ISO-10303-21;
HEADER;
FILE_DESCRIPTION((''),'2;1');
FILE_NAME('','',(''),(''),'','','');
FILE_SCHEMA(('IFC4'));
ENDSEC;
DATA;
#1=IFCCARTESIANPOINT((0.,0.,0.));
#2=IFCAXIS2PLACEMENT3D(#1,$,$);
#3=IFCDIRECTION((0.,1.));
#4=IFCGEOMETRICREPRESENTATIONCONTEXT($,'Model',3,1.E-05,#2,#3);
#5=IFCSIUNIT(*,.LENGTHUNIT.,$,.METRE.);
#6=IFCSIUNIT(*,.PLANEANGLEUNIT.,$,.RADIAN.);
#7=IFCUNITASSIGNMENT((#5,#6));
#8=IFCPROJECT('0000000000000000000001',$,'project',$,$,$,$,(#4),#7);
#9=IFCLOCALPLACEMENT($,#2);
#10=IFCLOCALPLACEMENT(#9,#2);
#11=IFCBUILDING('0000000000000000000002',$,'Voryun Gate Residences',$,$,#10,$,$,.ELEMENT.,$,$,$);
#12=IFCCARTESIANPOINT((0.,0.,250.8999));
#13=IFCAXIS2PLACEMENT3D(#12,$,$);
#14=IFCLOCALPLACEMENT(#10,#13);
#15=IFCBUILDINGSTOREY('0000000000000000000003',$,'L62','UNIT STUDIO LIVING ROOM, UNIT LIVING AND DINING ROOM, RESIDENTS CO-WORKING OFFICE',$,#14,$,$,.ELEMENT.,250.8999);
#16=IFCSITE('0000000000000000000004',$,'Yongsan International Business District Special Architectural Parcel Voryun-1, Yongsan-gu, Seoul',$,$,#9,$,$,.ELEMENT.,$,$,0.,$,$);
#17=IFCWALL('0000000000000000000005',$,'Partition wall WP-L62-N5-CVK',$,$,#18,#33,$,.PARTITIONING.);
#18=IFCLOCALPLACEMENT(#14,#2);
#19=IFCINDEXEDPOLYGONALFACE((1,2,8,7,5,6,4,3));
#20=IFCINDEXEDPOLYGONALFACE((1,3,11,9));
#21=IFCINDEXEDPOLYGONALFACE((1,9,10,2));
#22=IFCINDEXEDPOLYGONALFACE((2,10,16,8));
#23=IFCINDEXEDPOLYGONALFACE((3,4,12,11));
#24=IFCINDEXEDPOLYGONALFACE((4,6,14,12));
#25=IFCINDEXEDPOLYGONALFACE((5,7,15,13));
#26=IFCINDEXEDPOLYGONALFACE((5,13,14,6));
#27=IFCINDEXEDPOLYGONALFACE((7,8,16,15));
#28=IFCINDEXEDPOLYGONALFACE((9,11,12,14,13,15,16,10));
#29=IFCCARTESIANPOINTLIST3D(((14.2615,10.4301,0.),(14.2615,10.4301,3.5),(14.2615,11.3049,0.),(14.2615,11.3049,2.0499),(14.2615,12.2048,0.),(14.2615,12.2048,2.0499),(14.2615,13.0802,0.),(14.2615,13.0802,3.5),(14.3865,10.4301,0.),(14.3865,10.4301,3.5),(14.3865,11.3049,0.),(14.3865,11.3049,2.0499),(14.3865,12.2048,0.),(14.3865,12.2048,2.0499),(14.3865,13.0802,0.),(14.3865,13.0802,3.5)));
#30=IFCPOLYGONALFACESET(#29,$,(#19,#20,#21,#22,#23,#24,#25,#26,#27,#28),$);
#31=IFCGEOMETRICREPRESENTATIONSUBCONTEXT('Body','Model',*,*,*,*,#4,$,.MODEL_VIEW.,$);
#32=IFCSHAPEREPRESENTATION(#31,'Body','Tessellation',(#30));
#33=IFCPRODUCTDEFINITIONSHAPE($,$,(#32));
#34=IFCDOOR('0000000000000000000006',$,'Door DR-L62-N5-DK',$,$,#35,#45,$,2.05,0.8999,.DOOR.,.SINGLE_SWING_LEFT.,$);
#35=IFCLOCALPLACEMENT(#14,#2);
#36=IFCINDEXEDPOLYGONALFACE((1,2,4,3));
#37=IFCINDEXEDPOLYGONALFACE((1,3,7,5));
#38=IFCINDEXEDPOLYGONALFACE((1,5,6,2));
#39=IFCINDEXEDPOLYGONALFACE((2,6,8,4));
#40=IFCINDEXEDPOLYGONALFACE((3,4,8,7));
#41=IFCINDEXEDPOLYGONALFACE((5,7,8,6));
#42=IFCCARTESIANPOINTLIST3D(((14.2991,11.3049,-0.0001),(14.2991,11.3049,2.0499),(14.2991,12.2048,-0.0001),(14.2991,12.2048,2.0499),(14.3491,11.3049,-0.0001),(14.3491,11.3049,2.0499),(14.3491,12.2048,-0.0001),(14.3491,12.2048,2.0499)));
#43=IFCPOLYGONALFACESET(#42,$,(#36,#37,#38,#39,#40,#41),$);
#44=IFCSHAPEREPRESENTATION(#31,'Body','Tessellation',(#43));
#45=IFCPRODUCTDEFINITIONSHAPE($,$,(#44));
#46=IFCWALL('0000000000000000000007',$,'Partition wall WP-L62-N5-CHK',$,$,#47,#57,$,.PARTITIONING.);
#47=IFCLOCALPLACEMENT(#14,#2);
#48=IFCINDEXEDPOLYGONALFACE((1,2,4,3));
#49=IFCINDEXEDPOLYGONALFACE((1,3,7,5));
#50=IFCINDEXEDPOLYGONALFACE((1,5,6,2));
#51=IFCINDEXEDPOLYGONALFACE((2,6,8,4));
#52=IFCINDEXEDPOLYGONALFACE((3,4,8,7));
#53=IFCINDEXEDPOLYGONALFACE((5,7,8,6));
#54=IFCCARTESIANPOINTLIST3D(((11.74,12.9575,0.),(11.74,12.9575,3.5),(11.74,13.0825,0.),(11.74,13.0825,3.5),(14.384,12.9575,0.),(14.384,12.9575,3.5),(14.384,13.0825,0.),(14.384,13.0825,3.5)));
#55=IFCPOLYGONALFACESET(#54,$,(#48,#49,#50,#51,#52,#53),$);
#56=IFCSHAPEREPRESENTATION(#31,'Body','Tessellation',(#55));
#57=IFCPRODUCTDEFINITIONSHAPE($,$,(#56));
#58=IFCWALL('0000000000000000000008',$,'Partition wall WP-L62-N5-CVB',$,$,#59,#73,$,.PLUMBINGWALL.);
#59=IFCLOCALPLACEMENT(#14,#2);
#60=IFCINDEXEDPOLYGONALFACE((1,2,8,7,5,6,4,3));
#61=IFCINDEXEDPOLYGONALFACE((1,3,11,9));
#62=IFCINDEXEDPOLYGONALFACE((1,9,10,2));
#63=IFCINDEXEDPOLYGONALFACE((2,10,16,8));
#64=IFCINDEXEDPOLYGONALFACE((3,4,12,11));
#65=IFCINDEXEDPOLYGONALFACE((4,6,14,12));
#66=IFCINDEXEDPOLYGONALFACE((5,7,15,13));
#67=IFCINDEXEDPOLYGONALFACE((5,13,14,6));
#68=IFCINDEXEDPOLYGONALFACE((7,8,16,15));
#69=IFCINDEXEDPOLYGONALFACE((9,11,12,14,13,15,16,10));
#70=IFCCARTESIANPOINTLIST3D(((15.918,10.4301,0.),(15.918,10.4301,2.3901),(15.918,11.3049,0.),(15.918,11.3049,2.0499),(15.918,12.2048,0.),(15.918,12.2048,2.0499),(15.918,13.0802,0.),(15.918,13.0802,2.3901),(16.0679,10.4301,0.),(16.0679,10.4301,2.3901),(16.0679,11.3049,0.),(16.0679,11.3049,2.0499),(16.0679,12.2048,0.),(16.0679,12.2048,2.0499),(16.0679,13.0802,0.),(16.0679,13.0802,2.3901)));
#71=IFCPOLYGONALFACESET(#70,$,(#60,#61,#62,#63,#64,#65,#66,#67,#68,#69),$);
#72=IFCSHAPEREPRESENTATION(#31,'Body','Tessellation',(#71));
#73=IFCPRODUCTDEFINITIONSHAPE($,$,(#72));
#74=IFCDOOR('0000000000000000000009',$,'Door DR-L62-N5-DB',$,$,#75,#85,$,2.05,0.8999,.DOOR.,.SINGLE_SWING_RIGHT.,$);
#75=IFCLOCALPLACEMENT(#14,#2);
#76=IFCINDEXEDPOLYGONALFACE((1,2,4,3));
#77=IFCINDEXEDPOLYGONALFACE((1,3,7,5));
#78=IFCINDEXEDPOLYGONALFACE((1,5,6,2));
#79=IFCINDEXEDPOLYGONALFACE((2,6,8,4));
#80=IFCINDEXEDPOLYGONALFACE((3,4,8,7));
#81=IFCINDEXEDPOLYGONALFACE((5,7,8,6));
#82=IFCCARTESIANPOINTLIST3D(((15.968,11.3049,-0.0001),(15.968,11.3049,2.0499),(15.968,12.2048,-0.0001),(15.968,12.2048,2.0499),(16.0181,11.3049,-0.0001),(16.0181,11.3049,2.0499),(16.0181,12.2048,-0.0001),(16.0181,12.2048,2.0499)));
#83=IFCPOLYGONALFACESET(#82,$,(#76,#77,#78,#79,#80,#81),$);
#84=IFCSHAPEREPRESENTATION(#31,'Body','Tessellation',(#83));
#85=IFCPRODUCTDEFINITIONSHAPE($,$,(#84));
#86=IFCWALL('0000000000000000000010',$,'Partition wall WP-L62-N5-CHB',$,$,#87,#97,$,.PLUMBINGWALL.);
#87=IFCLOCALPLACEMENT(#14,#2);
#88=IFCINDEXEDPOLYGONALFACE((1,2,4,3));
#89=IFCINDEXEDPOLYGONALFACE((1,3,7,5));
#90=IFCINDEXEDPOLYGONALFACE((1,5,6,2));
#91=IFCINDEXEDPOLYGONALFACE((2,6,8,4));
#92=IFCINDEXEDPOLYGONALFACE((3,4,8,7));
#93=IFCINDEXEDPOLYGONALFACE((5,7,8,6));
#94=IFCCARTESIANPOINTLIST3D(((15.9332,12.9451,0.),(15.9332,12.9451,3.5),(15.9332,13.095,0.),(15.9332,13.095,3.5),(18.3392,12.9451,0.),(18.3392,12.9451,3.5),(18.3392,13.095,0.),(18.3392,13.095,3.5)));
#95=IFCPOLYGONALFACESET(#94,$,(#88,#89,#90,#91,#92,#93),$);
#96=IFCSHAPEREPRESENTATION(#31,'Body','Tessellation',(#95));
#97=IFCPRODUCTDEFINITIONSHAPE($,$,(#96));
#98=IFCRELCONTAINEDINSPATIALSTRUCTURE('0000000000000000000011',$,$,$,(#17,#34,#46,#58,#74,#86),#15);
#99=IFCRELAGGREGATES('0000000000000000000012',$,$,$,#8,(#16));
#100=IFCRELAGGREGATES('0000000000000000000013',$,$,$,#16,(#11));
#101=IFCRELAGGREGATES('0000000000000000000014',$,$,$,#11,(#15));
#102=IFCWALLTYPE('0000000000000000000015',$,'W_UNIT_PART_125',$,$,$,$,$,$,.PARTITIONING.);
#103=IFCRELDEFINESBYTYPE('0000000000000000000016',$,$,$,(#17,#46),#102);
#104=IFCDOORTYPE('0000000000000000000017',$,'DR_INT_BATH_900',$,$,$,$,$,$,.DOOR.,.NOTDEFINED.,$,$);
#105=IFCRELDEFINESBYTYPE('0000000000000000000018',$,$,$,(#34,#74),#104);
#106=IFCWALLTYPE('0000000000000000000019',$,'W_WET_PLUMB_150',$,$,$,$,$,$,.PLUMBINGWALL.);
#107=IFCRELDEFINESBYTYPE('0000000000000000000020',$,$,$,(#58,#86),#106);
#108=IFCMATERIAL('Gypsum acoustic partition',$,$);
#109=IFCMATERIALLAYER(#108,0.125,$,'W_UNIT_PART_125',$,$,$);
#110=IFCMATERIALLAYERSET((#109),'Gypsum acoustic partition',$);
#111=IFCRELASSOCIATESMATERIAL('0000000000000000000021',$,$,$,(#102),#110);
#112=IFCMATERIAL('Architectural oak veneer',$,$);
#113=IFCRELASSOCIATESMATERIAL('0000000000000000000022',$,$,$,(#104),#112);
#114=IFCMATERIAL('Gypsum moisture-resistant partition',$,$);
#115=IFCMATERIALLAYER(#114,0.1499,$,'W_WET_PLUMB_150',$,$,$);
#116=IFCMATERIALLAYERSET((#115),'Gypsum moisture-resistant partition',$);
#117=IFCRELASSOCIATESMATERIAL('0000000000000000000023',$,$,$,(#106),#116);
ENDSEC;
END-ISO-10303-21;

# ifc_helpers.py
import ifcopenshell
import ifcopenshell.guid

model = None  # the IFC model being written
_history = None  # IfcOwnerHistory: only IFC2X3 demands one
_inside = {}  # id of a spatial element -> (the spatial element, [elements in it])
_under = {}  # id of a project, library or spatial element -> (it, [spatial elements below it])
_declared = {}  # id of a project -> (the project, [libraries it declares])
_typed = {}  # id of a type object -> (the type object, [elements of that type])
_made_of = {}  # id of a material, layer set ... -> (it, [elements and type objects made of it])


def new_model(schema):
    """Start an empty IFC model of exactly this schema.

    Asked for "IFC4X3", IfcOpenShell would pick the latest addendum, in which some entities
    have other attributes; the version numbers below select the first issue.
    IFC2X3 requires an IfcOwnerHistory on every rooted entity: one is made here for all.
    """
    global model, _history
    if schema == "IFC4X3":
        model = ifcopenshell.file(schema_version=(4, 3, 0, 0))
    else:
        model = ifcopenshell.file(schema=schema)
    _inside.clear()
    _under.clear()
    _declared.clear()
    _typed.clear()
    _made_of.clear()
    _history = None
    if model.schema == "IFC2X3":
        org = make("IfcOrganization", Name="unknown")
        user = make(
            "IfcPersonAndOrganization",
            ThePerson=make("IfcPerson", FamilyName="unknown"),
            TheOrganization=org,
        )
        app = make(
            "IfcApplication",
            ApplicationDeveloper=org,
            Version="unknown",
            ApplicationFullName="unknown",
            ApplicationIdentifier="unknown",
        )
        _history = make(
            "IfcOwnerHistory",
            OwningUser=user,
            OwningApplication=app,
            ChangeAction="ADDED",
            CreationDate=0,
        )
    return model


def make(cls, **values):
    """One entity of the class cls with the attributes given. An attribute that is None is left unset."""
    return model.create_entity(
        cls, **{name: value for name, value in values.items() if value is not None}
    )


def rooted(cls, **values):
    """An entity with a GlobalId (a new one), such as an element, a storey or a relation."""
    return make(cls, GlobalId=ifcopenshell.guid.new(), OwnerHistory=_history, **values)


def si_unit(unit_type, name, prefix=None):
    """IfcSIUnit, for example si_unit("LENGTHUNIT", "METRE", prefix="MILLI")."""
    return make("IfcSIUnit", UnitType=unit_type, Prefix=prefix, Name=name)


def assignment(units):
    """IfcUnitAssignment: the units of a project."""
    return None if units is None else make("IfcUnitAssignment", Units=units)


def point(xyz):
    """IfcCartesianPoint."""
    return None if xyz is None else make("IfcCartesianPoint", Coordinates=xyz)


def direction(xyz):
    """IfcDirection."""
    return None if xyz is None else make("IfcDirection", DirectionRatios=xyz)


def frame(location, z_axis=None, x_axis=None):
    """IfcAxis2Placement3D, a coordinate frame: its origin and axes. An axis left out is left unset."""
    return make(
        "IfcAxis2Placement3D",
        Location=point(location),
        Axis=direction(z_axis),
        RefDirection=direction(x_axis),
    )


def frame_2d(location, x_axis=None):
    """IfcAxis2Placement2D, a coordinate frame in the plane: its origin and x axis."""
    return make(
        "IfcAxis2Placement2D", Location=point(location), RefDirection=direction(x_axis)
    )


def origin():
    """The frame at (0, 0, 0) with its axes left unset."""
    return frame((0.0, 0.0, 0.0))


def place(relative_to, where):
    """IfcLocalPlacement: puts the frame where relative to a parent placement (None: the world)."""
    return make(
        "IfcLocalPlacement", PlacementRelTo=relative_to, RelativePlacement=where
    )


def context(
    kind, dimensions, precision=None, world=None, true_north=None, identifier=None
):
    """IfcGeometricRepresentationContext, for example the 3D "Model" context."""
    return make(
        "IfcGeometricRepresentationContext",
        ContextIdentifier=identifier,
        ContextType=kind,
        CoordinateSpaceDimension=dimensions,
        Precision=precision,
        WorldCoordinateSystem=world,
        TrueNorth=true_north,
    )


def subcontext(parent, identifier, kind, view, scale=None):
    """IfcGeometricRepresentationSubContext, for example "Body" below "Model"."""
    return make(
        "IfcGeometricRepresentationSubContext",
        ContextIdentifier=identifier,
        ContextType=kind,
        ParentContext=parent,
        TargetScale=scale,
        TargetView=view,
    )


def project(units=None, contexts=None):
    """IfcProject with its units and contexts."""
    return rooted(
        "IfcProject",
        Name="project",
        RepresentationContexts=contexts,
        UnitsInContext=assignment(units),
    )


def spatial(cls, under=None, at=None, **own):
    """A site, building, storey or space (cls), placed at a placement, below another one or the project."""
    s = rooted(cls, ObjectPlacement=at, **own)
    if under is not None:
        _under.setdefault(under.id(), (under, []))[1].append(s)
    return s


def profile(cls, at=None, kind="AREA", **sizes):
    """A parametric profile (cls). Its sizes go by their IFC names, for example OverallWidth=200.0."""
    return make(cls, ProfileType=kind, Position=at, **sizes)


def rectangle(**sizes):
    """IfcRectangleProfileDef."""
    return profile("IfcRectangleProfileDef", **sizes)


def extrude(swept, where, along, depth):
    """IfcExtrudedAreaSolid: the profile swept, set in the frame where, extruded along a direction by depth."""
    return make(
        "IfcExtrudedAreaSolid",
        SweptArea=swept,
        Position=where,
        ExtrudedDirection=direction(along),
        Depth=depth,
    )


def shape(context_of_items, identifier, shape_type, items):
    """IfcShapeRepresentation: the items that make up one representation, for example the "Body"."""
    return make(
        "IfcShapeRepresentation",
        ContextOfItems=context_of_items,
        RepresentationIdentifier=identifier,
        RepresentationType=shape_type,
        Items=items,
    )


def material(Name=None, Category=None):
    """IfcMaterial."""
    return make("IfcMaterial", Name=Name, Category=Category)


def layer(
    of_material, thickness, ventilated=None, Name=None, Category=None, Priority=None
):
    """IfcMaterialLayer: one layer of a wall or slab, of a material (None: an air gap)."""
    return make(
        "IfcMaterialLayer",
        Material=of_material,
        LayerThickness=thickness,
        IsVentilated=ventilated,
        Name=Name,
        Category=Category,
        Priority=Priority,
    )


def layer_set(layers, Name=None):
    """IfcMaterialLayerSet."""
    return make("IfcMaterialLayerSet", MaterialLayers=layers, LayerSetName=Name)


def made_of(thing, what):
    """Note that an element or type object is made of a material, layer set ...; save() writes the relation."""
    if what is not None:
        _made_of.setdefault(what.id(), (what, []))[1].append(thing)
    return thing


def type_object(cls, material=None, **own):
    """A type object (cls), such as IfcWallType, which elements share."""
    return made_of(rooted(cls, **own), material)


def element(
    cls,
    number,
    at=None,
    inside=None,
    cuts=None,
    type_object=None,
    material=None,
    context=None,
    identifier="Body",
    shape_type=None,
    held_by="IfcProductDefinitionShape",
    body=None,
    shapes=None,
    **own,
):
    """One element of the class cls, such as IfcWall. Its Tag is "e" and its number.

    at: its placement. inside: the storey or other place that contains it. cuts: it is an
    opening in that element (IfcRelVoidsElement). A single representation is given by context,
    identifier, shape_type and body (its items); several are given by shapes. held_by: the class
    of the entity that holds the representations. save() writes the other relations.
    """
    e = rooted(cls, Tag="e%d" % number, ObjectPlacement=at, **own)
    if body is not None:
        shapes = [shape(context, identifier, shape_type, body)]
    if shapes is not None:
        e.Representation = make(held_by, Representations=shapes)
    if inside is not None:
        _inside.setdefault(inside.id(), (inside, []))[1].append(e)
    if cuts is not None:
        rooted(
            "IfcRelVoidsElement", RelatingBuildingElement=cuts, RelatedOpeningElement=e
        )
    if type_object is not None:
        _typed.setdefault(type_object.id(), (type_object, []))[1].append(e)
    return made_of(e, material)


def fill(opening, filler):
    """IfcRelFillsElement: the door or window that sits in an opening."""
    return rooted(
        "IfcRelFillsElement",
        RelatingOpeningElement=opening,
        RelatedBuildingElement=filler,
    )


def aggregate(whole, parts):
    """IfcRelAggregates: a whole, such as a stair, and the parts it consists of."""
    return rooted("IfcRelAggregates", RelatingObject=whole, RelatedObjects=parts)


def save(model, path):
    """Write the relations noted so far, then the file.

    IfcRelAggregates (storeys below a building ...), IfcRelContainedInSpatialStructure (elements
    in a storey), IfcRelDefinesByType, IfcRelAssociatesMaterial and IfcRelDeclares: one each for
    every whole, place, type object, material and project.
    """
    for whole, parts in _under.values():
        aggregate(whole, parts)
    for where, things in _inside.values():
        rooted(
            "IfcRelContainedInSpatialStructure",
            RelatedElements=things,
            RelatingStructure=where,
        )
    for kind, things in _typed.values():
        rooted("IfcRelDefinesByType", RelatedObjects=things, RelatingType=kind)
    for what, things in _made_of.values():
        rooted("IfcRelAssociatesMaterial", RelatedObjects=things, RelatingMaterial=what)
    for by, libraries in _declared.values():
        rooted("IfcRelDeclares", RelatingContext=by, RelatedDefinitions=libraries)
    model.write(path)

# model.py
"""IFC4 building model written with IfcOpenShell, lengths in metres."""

from ifc_helpers import new_model, si_unit, direction, frame, frame_2d, origin, place, context, subcontext, project, spatial, rectangle, extrude, material, layer, layer_set, type_object, element, fill, save


model = new_model("IFC4")

# Units and contexts
model_context = context("Model", 3, precision=1e-05, world=origin(), true_north=direction((0.0, 1.0)))
body_context = subcontext(model_context, "Body", "Model", "MODEL_VIEW")
ifc_project = project(units=[si_unit("LENGTHUNIT", "METRE"), si_unit("PLANEANGLEUNIT", "RADIAN")], contexts=[model_context])

# Site, building, storey
site_placement = place(None, origin())
site = spatial("IfcSite", under=ifc_project, at=site_placement, Name="Yongsan International Business District Special Architectural Parcel Voryun-1, Yongsan-gu, Seoul", CompositionType="ELEMENT", RefElevation=0.0)
building_placement = place(site_placement, origin())
building = spatial("IfcBuilding", under=site, at=building_placement, Name="Voryun Gate Residences", CompositionType="ELEMENT")
storey_placement = place(building_placement, frame((0.0, 0.0, 250.8999)))
storey = spatial("IfcBuildingStorey", under=building, at=storey_placement, Name="L62", Description="UNIT STUDIO LIVING ROOM, UNIT LIVING AND DINING ROOM, RESIDENTS CO-WORKING OFFICE", CompositionType="ELEMENT", Elevation=250.8999)

# Wall, opening, door
ifc_material_1 = material(Name="Gypsum acoustic partition")
ifc_layer_1 = layer(ifc_material_1, 0.125, Name="W_UNIT_PART_125")
ifc_layer_set_1 = layer_set([ifc_layer_1], Name="Gypsum acoustic partition")
wall_type_1 = type_object("IfcWallType", Name="W_UNIT_PART_125", PredefinedType="PARTITIONING", material=ifc_layer_set_1)
wall_1_placement = place(storey_placement, frame((14.324, 10.4299, 0.0), z_axis=(0.0, 0.0, 1.0), x_axis=(0.0, 1.0, 0.0)))
wall_1 = element("IfcWall", 1, at=wall_1_placement, inside=storey, type_object=wall_type_1, Name="Partition wall WP-L62-N5-CVK", PredefinedType="PARTITIONING", context=body_context, shape_type="SweptSolid", body=[
    extrude(rectangle(XDim=2.6501, YDim=0.125, at=frame_2d((1.3252, 0.0))), origin(), (0.0, 0.0, 1.0), 3.5),
])
opening_1_placement = place(wall_1_placement, frame((0.875, 0.0, 0.0)))
opening_1 = element("IfcOpeningElement", 2, at=opening_1_placement, cuts=wall_1, PredefinedType="OPENING", context=body_context, shape_type="SweptSolid", body=[
    extrude(rectangle(XDim=0.8999, YDim=2.05, at=frame_2d((0.45, 1.0249))), frame((0.0, 0.0725, 0.0), z_axis=(0.0, -1.0, 0.0), x_axis=(1.0, 0.0, 0.0)), (0.0, 0.0, 1.0), 0.145),
])
ifc_material_2 = material(Name="Architectural oak veneer")
door_type_1 = type_object("IfcDoorType", Name="DR_INT_BATH_900", OperationType="NOTDEFINED", PredefinedType="DOOR", material=ifc_material_2)
door_1_placement = place(opening_1_placement, origin())
door_1 = element("IfcDoor", 3, at=door_1_placement, inside=storey, type_object=door_type_1, Name="Door DR-L62-N5-DK", OperationType="SINGLE_SWING_LEFT", OverallHeight=2.05, OverallWidth=0.8999, PredefinedType="DOOR", context=body_context, shape_type="SweptSolid", body=[
    extrude(rectangle(XDim=0.8999, YDim=2.05, at=frame_2d((0.45, 1.0249))), frame((0.0, 0.0249, 0.0), z_axis=(0.0, -1.0, 0.0), x_axis=(1.0, 0.0, 0.0)), (0.0, 0.0, 1.0), 0.05),
])
fill(opening_1, door_1)

# Wall
wall_2_placement = place(storey_placement, frame((11.74, 13.02, 0.0), z_axis=(0.0, 0.0, 1.0), x_axis=(1.0, 0.0, 0.0)))
element("IfcWall", 4, at=wall_2_placement, inside=storey, type_object=wall_type_1, Name="Partition wall WP-L62-N5-CHK", PredefinedType="PARTITIONING", context=body_context, shape_type="SweptSolid", body=[
    extrude(rectangle(XDim=2.644, YDim=0.125, at=frame_2d((1.322, 0.0))), origin(), (0.0, 0.0, 1.0), 3.5),
])

# Wall, opening, door
ifc_material_3 = material(Name="Gypsum moisture-resistant partition")
ifc_layer_2 = layer(ifc_material_3, 0.1499, Name="W_WET_PLUMB_150")
ifc_layer_set_2 = layer_set([ifc_layer_2], Name="Gypsum moisture-resistant partition")
wall_type_2 = type_object("IfcWallType", Name="W_WET_PLUMB_150", PredefinedType="PLUMBINGWALL", material=ifc_layer_set_2)
wall_3_placement = place(storey_placement, frame((15.9929, 10.4299, 0.0), z_axis=(0.0, 0.0, 1.0), x_axis=(0.0, 1.0, 0.0)))
wall_3 = element("IfcWall", 5, at=wall_3_placement, inside=storey, type_object=wall_type_2, Name="Partition wall WP-L62-N5-CVB", PredefinedType="PLUMBINGWALL", context=body_context, shape_type="SweptSolid", body=[
    extrude(rectangle(XDim=2.6501, YDim=0.1499, at=frame_2d((1.3252, 0.0))), origin(), (0.0, 0.0, 1.0), 2.3901),
])
opening_2_placement = place(wall_3_placement, frame((0.875, 0.0, 0.0)))
opening_2 = element("IfcOpeningElement", 6, at=opening_2_placement, cuts=wall_3, PredefinedType="OPENING", context=body_context, shape_type="SweptSolid", body=[
    extrude(rectangle(XDim=0.8999, YDim=2.05, at=frame_2d((0.45, 1.0249))), frame((0.0, 0.085, 0.0), z_axis=(0.0, -1.0, 0.0), x_axis=(1.0, 0.0, 0.0)), (0.0, 0.0, 1.0), 0.1699),
])
door_2_placement = place(opening_2_placement, origin())
door_2 = element("IfcDoor", 7, at=door_2_placement, inside=storey, type_object=door_type_1, Name="Door DR-L62-N5-DB", OperationType="SINGLE_SWING_RIGHT", OverallHeight=2.05, OverallWidth=0.8999, PredefinedType="DOOR", context=body_context, shape_type="SweptSolid", body=[
    extrude(rectangle(XDim=0.8999, YDim=2.05, at=frame_2d((0.45, 1.0249))), frame((0.0, 0.0249, 0.0), z_axis=(0.0, -1.0, 0.0), x_axis=(1.0, 0.0, 0.0)), (0.0, 0.0, 1.0), 0.05),
])
fill(opening_2, door_2)

# Wall
wall_4_placement = place(storey_placement, frame((15.9331, 13.02, 0.0), z_axis=(0.0, 0.0, 1.0), x_axis=(1.0, 0.0, 0.0)))
element("IfcWall", 8, at=wall_4_placement, inside=storey, type_object=wall_type_2, Name="Partition wall WP-L62-N5-CHB", PredefinedType="PLUMBINGWALL", context=body_context, shape_type="SweptSolid", body=[
    extrude(rectangle(XDim=2.406, YDim=0.1499, at=frame_2d((1.2031, 0.0))), origin(), (0.0, 0.0, 1.0), 3.5),
])

save(model, "model.ifc")
